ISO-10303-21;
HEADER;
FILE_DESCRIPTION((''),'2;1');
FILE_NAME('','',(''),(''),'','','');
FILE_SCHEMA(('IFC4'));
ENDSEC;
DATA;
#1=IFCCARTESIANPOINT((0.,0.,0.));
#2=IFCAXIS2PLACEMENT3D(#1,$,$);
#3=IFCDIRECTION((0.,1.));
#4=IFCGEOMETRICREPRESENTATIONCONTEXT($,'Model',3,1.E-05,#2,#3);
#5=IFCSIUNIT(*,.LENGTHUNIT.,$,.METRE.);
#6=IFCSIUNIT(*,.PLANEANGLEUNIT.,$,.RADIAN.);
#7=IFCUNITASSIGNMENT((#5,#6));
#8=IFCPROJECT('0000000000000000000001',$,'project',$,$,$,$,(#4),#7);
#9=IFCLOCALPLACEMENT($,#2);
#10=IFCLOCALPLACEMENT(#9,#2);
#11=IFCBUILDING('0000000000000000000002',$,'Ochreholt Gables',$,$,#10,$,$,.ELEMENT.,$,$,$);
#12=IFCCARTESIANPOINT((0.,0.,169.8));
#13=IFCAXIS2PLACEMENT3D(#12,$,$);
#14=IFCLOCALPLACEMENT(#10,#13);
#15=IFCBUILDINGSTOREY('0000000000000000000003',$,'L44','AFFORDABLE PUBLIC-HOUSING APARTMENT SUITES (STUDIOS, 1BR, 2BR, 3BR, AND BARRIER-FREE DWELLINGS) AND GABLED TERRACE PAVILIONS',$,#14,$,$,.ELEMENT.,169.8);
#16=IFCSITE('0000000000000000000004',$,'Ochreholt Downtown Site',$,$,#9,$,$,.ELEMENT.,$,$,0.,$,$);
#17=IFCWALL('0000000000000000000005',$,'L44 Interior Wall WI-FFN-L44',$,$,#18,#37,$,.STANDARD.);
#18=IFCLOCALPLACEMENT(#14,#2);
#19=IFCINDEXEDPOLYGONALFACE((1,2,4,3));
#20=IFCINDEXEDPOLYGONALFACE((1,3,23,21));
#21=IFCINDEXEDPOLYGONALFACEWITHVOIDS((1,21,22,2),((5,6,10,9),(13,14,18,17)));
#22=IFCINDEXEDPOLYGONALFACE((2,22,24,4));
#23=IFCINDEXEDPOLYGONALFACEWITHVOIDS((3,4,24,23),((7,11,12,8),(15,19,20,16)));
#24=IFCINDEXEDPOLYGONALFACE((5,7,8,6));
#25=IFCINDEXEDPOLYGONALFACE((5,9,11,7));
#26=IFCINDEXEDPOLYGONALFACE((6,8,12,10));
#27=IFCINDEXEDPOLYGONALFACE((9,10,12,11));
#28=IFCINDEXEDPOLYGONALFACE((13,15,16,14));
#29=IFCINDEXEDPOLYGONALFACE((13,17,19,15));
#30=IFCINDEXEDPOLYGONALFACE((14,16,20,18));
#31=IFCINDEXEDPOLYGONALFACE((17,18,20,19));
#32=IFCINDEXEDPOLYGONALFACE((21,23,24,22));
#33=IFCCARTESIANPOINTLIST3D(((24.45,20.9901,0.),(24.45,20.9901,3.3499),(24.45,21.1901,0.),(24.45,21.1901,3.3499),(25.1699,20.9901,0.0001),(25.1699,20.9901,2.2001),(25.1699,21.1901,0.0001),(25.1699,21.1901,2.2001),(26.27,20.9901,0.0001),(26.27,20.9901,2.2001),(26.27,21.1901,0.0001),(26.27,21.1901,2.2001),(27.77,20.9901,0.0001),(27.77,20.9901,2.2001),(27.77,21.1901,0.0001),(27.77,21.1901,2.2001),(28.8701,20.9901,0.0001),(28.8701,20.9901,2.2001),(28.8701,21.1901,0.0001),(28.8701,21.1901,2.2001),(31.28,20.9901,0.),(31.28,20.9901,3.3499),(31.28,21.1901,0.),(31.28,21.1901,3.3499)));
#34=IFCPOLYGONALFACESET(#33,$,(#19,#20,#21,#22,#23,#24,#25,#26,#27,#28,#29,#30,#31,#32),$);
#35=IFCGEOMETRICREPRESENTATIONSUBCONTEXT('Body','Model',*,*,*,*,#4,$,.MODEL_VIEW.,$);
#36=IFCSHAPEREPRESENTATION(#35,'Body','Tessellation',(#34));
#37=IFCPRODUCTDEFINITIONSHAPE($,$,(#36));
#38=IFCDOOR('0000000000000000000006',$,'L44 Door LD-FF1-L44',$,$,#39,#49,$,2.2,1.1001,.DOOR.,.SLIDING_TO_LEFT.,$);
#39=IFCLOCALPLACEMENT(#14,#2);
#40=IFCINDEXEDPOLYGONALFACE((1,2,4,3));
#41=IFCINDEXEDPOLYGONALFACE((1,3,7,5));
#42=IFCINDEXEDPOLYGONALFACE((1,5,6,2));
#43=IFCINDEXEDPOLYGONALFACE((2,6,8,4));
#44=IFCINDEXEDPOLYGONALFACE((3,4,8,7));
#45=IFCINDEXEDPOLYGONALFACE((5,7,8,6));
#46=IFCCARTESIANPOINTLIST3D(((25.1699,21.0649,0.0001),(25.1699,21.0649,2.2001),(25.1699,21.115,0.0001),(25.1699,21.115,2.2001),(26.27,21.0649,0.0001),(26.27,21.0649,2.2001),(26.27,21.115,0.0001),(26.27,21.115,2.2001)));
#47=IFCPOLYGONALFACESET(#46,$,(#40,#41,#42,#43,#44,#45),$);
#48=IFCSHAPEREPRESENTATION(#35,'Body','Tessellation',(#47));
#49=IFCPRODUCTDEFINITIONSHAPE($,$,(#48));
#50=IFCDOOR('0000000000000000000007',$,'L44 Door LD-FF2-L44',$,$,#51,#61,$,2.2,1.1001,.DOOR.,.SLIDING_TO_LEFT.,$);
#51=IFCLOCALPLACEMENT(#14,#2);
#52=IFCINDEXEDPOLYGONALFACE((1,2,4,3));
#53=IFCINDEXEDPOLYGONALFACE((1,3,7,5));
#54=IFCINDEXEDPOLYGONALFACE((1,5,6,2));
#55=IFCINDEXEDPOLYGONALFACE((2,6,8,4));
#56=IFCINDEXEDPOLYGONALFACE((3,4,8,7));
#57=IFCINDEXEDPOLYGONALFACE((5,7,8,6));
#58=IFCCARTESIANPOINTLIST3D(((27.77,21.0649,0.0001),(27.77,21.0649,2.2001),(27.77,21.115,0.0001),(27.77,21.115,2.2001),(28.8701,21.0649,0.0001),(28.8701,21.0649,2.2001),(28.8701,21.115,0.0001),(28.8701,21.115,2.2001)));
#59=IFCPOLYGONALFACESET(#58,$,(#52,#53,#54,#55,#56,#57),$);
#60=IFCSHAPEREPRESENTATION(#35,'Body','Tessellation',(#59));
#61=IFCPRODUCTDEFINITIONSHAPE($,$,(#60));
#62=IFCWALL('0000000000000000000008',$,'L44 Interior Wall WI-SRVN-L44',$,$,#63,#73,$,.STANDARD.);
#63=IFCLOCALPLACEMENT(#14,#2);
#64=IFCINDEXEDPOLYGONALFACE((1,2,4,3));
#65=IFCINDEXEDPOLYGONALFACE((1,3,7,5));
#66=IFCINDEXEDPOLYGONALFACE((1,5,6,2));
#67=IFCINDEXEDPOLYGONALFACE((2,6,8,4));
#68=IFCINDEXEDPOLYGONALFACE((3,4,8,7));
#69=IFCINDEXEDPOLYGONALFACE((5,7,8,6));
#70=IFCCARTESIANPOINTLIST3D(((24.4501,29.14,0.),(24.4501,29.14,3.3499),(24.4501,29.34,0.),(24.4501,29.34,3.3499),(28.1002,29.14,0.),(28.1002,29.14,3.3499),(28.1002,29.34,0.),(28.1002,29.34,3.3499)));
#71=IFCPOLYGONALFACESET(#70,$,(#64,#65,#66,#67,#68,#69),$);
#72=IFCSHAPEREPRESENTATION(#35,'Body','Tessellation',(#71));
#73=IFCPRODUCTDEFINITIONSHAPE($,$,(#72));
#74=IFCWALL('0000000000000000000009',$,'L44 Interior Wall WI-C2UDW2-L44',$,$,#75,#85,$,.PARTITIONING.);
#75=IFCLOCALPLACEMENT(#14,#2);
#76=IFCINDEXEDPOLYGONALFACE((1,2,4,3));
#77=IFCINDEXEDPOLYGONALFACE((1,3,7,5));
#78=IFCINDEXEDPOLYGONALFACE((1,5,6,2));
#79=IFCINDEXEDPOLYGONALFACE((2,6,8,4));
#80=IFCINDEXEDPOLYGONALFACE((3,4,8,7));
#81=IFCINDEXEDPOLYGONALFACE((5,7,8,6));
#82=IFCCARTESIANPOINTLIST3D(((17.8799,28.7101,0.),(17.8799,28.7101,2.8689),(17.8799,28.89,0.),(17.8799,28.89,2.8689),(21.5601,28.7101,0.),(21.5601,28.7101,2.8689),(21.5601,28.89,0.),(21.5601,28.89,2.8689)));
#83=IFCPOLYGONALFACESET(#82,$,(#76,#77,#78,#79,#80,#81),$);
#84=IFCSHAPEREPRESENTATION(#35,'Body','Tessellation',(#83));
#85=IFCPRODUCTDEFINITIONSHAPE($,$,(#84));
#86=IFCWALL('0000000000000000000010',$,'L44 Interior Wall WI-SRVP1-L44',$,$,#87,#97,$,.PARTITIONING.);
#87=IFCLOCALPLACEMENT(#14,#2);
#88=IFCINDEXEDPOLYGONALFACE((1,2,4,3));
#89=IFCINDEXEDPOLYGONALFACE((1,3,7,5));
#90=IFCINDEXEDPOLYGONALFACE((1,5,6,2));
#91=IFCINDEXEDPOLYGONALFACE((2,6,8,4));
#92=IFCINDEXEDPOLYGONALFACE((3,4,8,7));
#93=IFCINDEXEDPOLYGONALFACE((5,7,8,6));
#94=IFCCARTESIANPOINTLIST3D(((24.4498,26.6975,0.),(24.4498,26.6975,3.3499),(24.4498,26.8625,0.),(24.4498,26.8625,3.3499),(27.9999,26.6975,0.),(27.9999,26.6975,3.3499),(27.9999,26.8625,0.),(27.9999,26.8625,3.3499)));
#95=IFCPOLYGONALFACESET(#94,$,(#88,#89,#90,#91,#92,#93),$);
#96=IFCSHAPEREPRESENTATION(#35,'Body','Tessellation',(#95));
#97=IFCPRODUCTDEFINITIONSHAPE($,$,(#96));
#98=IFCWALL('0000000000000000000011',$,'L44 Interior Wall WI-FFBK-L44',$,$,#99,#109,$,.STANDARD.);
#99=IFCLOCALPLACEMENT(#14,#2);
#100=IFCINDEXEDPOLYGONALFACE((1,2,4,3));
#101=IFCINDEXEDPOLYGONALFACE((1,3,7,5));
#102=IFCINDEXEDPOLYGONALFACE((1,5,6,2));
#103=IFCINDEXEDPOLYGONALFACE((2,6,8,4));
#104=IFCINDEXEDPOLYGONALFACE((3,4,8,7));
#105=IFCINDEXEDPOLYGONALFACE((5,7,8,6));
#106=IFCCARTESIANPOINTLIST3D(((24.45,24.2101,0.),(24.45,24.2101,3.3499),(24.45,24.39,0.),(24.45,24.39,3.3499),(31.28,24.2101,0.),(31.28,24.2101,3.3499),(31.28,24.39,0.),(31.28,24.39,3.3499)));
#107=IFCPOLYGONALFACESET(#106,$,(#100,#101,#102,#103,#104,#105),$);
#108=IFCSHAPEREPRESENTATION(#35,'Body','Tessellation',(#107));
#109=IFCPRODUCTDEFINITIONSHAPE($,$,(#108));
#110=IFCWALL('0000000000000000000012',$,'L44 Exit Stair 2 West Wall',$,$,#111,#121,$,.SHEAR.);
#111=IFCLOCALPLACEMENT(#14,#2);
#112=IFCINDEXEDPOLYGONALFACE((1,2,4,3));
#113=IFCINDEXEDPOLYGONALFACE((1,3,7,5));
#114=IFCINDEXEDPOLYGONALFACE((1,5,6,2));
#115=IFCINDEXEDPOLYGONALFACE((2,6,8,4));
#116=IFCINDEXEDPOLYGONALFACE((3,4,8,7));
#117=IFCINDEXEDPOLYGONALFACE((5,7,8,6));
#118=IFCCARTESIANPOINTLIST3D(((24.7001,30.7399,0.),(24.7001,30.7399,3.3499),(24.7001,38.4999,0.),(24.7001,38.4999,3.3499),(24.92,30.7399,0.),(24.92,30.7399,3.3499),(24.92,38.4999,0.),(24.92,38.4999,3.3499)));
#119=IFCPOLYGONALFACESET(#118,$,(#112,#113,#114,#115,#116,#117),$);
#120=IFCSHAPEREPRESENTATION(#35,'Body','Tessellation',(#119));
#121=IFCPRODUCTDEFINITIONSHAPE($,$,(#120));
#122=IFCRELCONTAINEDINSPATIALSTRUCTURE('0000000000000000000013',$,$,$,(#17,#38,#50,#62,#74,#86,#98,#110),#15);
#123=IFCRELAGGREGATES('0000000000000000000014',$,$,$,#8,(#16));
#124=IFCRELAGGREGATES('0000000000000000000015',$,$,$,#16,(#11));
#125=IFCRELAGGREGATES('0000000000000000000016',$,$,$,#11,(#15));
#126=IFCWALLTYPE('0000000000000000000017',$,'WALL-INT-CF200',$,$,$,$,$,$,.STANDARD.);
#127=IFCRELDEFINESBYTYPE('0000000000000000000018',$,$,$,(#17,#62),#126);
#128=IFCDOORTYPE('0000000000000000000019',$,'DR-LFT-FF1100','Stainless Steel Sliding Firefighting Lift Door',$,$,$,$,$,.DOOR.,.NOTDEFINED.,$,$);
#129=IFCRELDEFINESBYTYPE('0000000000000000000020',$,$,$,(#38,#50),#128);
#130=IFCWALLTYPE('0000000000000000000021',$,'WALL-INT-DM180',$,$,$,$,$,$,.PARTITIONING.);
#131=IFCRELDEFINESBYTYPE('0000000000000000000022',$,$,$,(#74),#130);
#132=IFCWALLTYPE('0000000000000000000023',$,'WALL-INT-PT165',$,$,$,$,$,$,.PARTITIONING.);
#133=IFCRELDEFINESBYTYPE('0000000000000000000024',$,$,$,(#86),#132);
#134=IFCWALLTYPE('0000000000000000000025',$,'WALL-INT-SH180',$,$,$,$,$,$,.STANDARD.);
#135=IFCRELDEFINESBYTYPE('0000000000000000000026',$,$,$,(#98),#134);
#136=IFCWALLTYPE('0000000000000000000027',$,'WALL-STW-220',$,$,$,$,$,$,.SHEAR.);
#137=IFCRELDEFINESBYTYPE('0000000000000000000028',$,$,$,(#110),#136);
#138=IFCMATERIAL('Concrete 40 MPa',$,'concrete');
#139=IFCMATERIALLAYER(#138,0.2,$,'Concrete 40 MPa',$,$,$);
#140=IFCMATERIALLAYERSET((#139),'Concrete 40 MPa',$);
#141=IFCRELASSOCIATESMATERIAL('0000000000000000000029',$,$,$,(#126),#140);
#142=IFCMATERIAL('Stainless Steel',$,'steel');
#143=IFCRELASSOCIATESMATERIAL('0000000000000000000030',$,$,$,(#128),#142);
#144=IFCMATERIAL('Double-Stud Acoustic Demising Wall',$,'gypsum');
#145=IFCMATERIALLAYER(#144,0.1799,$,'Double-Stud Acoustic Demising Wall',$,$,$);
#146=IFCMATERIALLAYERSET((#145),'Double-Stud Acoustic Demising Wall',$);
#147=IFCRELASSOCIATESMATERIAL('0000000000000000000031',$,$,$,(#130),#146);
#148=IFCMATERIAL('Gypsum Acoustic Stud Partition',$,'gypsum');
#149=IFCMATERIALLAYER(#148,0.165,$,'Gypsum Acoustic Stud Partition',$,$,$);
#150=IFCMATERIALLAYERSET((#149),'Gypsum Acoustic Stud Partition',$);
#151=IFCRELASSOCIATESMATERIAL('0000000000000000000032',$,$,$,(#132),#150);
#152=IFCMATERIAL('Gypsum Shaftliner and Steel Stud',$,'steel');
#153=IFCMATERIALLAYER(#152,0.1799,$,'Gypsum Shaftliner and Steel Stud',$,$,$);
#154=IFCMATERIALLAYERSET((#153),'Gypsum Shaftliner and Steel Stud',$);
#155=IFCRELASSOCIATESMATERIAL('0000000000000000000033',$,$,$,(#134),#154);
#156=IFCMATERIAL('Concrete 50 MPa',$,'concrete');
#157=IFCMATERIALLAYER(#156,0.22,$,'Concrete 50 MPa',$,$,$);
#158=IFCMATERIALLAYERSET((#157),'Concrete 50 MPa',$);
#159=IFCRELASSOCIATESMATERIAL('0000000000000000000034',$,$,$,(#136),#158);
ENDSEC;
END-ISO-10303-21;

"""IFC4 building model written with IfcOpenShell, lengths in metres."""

from ifc_helpers import new_model, si_unit, direction, frame, frame_2d, origin, place, context, subcontext, project, spatial, rectangle, extrude, material, layer, layer_set, type_object, element, fill, save


model = new_model("IFC4")

# Units and contexts
model_context = context("Model", 3, precision=1e-05, world=origin(), true_north=direction((0.0, 1.0)))
body_context = subcontext(model_context, "Body", "Model", "MODEL_VIEW")
ifc_project = project(units=[si_unit("LENGTHUNIT", "METRE"), si_unit("PLANEANGLEUNIT", "RADIAN")], contexts=[model_context])

# Site, building, storey
site_placement = place(None, origin())
site = spatial("IfcSite", under=ifc_project, at=site_placement, Name="Ochreholt Downtown Site", CompositionType="ELEMENT", RefElevation=0.0)
building_placement = place(site_placement, origin())
building = spatial("IfcBuilding", under=site, at=building_placement, Name="Ochreholt Gables", CompositionType="ELEMENT")
storey_placement = place(building_placement, frame((0.0, 0.0, 169.8)))
storey = spatial("IfcBuildingStorey", under=building, at=storey_placement, Name="L44", Description="AFFORDABLE PUBLIC-HOUSING APARTMENT SUITES (STUDIOS, 1BR, 2BR, 3BR, AND BARRIER-FREE DWELLINGS) AND GABLED TERRACE PAVILIONS", CompositionType="ELEMENT", Elevation=169.8)

# Shared definitions
ifc_material_1 = material(Name="Concrete 50 MPa", Category="concrete")

# Wall, openings, doors
ifc_material_2 = material(Name="Concrete 40 MPa", Category="concrete")
ifc_layer_1 = layer(ifc_material_2, 0.2, Name="Concrete 40 MPa")
ifc_layer_set_1 = layer_set([ifc_layer_1], Name="Concrete 40 MPa")
wall_type_1 = type_object("IfcWallType", Name="WALL-INT-CF200", PredefinedType="STANDARD", material=ifc_layer_set_1)
wall_1_placement = place(storey_placement, frame((24.45, 21.0901, 0.0), z_axis=(0.0, 0.0, 1.0), x_axis=(1.0, 0.0, 0.0)))
wall_1 = element("IfcWall", 1, at=wall_1_placement, inside=storey, type_object=wall_type_1, Name="L44 Interior Wall WI-FFN-L44", PredefinedType="STANDARD", context=body_context, shape_type="SweptSolid", body=[
    extrude(rectangle(XDim=6.8301, YDim=0.2, at=frame_2d((3.415, 0.0))), origin(), (0.0, 0.0, 1.0), 3.3499),
])
opening_1_placement = place(wall_1_placement, frame((0.72, 0.0, 0.0)))
opening_1 = element("IfcOpeningElement", 2, at=opening_1_placement, cuts=wall_1, PredefinedType="OPENING", context=body_context, shape_type="SweptSolid", body=[
    extrude(rectangle(XDim=1.1001, YDim=2.2, at=frame_2d((0.55, 1.1001))), frame((0.0, 0.1099, 0.0), z_axis=(0.0, -1.0, 0.0), x_axis=(1.0, 0.0, 0.0)), (0.0, 0.0, 1.0), 0.22),
])
opening_2_placement = place(wall_1_placement, frame((3.3201, 0.0, 0.0)))
opening_2 = element("IfcOpeningElement", 3, at=opening_2_placement, cuts=wall_1, PredefinedType="OPENING", context=body_context, shape_type="SweptSolid", body=[
    extrude(rectangle(XDim=1.1001, YDim=2.2, at=frame_2d((0.55, 1.1001))), frame((0.0, 0.1099, 0.0), z_axis=(0.0, -1.0, 0.0), x_axis=(1.0, 0.0, 0.0)), (0.0, 0.0, 1.0), 0.22),
])
ifc_material_3 = material(Name="Stainless Steel", Category="steel")
door_type_1 = type_object("IfcDoorType", Name="DR-LFT-FF1100", Description="Stainless Steel Sliding Firefighting Lift Door", OperationType="NOTDEFINED", PredefinedType="DOOR", material=ifc_material_3)
door_1_placement = place(opening_1_placement, origin())
door_1 = element("IfcDoor", 4, at=door_1_placement, inside=storey, type_object=door_type_1, Name="L44 Door LD-FF1-L44", OperationType="SLIDING_TO_LEFT", OverallHeight=2.2, OverallWidth=1.1001, PredefinedType="DOOR", context=body_context, shape_type="SweptSolid", body=[
    extrude(rectangle(XDim=1.1001, YDim=2.2, at=frame_2d((0.55, 1.1001))), frame((0.0, 0.0249, 0.0), z_axis=(0.0, -1.0, 0.0), x_axis=(1.0, 0.0, 0.0)), (0.0, 0.0, 1.0), 0.05),
])
fill(opening_1, door_1)
door_2_placement = place(opening_2_placement, origin())
door_2 = element("IfcDoor", 5, at=door_2_placement, inside=storey, type_object=door_type_1, Name="L44 Door LD-FF2-L44", OperationType="SLIDING_TO_LEFT", OverallHeight=2.2, OverallWidth=1.1001, PredefinedType="DOOR", context=body_context, shape_type="SweptSolid", body=[
    extrude(rectangle(XDim=1.1001, YDim=2.2, at=frame_2d((0.55, 1.1001))), frame((0.0, 0.0249, 0.0), z_axis=(0.0, -1.0, 0.0), x_axis=(1.0, 0.0, 0.0)), (0.0, 0.0, 1.0), 0.05),
])
fill(opening_2, door_2)

# Walls
wall_2_placement = place(storey_placement, frame((24.45, 29.24, 0.0), z_axis=(0.0, 0.0, 1.0), x_axis=(1.0, 0.0, 0.0)))
element("IfcWall", 6, at=wall_2_placement, inside=storey, type_object=wall_type_1, Name="L44 Interior Wall WI-SRVN-L44", PredefinedType="STANDARD", context=body_context, shape_type="SweptSolid", body=[
    extrude(rectangle(XDim=3.6501, YDim=0.2, at=frame_2d((1.8252, 0.0))), origin(), (0.0, 0.0, 1.0), 3.3499),
])
ifc_material_4 = material(Name="Double-Stud Acoustic Demising Wall", Category="gypsum")
ifc_layer_2 = layer(ifc_material_4, 0.1799, Name="Double-Stud Acoustic Demising Wall")
ifc_layer_set_2 = layer_set([ifc_layer_2], Name="Double-Stud Acoustic Demising Wall")
wall_type_2 = type_object("IfcWallType", Name="WALL-INT-DM180", PredefinedType="PARTITIONING", material=ifc_layer_set_2)
wall_3_placement = place(storey_placement, frame((17.8799, 28.8, 0.0), z_axis=(0.0, 0.0, 1.0), x_axis=(1.0, 0.0, 0.0)))
element("IfcWall", 7, at=wall_3_placement, inside=storey, type_object=wall_type_2, Name="L44 Interior Wall WI-C2UDW2-L44", PredefinedType="PARTITIONING", context=body_context, shape_type="SweptSolid", body=[
    extrude(rectangle(XDim=3.6802, YDim=0.1799, at=frame_2d((1.8401, 0.0))), origin(), (0.0, 0.0, 1.0), 2.8689),
])
ifc_material_5 = material(Name="Gypsum Acoustic Stud Partition", Category="gypsum")
ifc_layer_3 = layer(ifc_material_5, 0.165, Name="Gypsum Acoustic Stud Partition")
ifc_layer_set_3 = layer_set([ifc_layer_3], Name="Gypsum Acoustic Stud Partition")
wall_type_3 = type_object("IfcWallType", Name="WALL-INT-PT165", PredefinedType="PARTITIONING", material=ifc_layer_set_3)
wall_4_placement = place(storey_placement, frame((24.45, 26.78, 0.0), z_axis=(0.0, 0.0, 1.0), x_axis=(1.0, 0.0, 0.0)))
element("IfcWall", 8, at=wall_4_placement, inside=storey, type_object=wall_type_3, Name="L44 Interior Wall WI-SRVP1-L44", PredefinedType="PARTITIONING", context=body_context, shape_type="SweptSolid", body=[
    extrude(rectangle(XDim=3.55, YDim=0.165, at=frame_2d((1.7749, 0.0))), origin(), (0.0, 0.0, 1.0), 3.3499),
])
ifc_material_6 = material(Name="Gypsum Shaftliner and Steel Stud", Category="steel")
ifc_layer_4 = layer(ifc_material_6, 0.1799, Name="Gypsum Shaftliner and Steel Stud")
ifc_layer_set_4 = layer_set([ifc_layer_4], Name="Gypsum Shaftliner and Steel Stud")
wall_type_4 = type_object("IfcWallType", Name="WALL-INT-SH180", PredefinedType="STANDARD", material=ifc_layer_set_4)
wall_5_placement = place(storey_placement, frame((24.45, 24.3, 0.0), z_axis=(0.0, 0.0, 1.0), x_axis=(1.0, 0.0, 0.0)))
element("IfcWall", 9, at=wall_5_placement, inside=storey, type_object=wall_type_4, Name="L44 Interior Wall WI-FFBK-L44", PredefinedType="STANDARD", context=body_context, shape_type="SweptSolid", body=[
    extrude(rectangle(XDim=6.8301, YDim=0.1799, at=frame_2d((3.415, 0.0))), origin(), (0.0, 0.0, 1.0), 3.3499),
])
ifc_layer_5 = layer(ifc_material_1, 0.22, Name="Concrete 50 MPa")
ifc_layer_set_5 = layer_set([ifc_layer_5], Name="Concrete 50 MPa")
wall_type_5 = type_object("IfcWallType", Name="WALL-STW-220", PredefinedType="SHEAR", material=ifc_layer_set_5)
wall_6_placement = place(storey_placement, frame((24.8101, 30.74, 0.0), z_axis=(0.0, 0.0, 1.0), x_axis=(0.0, 1.0, 0.0)))
element("IfcWall", 10, at=wall_6_placement, inside=storey, type_object=wall_type_5, Name="L44 Exit Stair 2 West Wall", PredefinedType="SHEAR", context=body_context, shape_type="SweptSolid", body=[
    extrude(rectangle(XDim=7.76, YDim=0.22, at=frame_2d((3.8799, 0.0))), origin(), (0.0, 0.0, 1.0), 3.3499),
])

save(model, "model.ifc")
